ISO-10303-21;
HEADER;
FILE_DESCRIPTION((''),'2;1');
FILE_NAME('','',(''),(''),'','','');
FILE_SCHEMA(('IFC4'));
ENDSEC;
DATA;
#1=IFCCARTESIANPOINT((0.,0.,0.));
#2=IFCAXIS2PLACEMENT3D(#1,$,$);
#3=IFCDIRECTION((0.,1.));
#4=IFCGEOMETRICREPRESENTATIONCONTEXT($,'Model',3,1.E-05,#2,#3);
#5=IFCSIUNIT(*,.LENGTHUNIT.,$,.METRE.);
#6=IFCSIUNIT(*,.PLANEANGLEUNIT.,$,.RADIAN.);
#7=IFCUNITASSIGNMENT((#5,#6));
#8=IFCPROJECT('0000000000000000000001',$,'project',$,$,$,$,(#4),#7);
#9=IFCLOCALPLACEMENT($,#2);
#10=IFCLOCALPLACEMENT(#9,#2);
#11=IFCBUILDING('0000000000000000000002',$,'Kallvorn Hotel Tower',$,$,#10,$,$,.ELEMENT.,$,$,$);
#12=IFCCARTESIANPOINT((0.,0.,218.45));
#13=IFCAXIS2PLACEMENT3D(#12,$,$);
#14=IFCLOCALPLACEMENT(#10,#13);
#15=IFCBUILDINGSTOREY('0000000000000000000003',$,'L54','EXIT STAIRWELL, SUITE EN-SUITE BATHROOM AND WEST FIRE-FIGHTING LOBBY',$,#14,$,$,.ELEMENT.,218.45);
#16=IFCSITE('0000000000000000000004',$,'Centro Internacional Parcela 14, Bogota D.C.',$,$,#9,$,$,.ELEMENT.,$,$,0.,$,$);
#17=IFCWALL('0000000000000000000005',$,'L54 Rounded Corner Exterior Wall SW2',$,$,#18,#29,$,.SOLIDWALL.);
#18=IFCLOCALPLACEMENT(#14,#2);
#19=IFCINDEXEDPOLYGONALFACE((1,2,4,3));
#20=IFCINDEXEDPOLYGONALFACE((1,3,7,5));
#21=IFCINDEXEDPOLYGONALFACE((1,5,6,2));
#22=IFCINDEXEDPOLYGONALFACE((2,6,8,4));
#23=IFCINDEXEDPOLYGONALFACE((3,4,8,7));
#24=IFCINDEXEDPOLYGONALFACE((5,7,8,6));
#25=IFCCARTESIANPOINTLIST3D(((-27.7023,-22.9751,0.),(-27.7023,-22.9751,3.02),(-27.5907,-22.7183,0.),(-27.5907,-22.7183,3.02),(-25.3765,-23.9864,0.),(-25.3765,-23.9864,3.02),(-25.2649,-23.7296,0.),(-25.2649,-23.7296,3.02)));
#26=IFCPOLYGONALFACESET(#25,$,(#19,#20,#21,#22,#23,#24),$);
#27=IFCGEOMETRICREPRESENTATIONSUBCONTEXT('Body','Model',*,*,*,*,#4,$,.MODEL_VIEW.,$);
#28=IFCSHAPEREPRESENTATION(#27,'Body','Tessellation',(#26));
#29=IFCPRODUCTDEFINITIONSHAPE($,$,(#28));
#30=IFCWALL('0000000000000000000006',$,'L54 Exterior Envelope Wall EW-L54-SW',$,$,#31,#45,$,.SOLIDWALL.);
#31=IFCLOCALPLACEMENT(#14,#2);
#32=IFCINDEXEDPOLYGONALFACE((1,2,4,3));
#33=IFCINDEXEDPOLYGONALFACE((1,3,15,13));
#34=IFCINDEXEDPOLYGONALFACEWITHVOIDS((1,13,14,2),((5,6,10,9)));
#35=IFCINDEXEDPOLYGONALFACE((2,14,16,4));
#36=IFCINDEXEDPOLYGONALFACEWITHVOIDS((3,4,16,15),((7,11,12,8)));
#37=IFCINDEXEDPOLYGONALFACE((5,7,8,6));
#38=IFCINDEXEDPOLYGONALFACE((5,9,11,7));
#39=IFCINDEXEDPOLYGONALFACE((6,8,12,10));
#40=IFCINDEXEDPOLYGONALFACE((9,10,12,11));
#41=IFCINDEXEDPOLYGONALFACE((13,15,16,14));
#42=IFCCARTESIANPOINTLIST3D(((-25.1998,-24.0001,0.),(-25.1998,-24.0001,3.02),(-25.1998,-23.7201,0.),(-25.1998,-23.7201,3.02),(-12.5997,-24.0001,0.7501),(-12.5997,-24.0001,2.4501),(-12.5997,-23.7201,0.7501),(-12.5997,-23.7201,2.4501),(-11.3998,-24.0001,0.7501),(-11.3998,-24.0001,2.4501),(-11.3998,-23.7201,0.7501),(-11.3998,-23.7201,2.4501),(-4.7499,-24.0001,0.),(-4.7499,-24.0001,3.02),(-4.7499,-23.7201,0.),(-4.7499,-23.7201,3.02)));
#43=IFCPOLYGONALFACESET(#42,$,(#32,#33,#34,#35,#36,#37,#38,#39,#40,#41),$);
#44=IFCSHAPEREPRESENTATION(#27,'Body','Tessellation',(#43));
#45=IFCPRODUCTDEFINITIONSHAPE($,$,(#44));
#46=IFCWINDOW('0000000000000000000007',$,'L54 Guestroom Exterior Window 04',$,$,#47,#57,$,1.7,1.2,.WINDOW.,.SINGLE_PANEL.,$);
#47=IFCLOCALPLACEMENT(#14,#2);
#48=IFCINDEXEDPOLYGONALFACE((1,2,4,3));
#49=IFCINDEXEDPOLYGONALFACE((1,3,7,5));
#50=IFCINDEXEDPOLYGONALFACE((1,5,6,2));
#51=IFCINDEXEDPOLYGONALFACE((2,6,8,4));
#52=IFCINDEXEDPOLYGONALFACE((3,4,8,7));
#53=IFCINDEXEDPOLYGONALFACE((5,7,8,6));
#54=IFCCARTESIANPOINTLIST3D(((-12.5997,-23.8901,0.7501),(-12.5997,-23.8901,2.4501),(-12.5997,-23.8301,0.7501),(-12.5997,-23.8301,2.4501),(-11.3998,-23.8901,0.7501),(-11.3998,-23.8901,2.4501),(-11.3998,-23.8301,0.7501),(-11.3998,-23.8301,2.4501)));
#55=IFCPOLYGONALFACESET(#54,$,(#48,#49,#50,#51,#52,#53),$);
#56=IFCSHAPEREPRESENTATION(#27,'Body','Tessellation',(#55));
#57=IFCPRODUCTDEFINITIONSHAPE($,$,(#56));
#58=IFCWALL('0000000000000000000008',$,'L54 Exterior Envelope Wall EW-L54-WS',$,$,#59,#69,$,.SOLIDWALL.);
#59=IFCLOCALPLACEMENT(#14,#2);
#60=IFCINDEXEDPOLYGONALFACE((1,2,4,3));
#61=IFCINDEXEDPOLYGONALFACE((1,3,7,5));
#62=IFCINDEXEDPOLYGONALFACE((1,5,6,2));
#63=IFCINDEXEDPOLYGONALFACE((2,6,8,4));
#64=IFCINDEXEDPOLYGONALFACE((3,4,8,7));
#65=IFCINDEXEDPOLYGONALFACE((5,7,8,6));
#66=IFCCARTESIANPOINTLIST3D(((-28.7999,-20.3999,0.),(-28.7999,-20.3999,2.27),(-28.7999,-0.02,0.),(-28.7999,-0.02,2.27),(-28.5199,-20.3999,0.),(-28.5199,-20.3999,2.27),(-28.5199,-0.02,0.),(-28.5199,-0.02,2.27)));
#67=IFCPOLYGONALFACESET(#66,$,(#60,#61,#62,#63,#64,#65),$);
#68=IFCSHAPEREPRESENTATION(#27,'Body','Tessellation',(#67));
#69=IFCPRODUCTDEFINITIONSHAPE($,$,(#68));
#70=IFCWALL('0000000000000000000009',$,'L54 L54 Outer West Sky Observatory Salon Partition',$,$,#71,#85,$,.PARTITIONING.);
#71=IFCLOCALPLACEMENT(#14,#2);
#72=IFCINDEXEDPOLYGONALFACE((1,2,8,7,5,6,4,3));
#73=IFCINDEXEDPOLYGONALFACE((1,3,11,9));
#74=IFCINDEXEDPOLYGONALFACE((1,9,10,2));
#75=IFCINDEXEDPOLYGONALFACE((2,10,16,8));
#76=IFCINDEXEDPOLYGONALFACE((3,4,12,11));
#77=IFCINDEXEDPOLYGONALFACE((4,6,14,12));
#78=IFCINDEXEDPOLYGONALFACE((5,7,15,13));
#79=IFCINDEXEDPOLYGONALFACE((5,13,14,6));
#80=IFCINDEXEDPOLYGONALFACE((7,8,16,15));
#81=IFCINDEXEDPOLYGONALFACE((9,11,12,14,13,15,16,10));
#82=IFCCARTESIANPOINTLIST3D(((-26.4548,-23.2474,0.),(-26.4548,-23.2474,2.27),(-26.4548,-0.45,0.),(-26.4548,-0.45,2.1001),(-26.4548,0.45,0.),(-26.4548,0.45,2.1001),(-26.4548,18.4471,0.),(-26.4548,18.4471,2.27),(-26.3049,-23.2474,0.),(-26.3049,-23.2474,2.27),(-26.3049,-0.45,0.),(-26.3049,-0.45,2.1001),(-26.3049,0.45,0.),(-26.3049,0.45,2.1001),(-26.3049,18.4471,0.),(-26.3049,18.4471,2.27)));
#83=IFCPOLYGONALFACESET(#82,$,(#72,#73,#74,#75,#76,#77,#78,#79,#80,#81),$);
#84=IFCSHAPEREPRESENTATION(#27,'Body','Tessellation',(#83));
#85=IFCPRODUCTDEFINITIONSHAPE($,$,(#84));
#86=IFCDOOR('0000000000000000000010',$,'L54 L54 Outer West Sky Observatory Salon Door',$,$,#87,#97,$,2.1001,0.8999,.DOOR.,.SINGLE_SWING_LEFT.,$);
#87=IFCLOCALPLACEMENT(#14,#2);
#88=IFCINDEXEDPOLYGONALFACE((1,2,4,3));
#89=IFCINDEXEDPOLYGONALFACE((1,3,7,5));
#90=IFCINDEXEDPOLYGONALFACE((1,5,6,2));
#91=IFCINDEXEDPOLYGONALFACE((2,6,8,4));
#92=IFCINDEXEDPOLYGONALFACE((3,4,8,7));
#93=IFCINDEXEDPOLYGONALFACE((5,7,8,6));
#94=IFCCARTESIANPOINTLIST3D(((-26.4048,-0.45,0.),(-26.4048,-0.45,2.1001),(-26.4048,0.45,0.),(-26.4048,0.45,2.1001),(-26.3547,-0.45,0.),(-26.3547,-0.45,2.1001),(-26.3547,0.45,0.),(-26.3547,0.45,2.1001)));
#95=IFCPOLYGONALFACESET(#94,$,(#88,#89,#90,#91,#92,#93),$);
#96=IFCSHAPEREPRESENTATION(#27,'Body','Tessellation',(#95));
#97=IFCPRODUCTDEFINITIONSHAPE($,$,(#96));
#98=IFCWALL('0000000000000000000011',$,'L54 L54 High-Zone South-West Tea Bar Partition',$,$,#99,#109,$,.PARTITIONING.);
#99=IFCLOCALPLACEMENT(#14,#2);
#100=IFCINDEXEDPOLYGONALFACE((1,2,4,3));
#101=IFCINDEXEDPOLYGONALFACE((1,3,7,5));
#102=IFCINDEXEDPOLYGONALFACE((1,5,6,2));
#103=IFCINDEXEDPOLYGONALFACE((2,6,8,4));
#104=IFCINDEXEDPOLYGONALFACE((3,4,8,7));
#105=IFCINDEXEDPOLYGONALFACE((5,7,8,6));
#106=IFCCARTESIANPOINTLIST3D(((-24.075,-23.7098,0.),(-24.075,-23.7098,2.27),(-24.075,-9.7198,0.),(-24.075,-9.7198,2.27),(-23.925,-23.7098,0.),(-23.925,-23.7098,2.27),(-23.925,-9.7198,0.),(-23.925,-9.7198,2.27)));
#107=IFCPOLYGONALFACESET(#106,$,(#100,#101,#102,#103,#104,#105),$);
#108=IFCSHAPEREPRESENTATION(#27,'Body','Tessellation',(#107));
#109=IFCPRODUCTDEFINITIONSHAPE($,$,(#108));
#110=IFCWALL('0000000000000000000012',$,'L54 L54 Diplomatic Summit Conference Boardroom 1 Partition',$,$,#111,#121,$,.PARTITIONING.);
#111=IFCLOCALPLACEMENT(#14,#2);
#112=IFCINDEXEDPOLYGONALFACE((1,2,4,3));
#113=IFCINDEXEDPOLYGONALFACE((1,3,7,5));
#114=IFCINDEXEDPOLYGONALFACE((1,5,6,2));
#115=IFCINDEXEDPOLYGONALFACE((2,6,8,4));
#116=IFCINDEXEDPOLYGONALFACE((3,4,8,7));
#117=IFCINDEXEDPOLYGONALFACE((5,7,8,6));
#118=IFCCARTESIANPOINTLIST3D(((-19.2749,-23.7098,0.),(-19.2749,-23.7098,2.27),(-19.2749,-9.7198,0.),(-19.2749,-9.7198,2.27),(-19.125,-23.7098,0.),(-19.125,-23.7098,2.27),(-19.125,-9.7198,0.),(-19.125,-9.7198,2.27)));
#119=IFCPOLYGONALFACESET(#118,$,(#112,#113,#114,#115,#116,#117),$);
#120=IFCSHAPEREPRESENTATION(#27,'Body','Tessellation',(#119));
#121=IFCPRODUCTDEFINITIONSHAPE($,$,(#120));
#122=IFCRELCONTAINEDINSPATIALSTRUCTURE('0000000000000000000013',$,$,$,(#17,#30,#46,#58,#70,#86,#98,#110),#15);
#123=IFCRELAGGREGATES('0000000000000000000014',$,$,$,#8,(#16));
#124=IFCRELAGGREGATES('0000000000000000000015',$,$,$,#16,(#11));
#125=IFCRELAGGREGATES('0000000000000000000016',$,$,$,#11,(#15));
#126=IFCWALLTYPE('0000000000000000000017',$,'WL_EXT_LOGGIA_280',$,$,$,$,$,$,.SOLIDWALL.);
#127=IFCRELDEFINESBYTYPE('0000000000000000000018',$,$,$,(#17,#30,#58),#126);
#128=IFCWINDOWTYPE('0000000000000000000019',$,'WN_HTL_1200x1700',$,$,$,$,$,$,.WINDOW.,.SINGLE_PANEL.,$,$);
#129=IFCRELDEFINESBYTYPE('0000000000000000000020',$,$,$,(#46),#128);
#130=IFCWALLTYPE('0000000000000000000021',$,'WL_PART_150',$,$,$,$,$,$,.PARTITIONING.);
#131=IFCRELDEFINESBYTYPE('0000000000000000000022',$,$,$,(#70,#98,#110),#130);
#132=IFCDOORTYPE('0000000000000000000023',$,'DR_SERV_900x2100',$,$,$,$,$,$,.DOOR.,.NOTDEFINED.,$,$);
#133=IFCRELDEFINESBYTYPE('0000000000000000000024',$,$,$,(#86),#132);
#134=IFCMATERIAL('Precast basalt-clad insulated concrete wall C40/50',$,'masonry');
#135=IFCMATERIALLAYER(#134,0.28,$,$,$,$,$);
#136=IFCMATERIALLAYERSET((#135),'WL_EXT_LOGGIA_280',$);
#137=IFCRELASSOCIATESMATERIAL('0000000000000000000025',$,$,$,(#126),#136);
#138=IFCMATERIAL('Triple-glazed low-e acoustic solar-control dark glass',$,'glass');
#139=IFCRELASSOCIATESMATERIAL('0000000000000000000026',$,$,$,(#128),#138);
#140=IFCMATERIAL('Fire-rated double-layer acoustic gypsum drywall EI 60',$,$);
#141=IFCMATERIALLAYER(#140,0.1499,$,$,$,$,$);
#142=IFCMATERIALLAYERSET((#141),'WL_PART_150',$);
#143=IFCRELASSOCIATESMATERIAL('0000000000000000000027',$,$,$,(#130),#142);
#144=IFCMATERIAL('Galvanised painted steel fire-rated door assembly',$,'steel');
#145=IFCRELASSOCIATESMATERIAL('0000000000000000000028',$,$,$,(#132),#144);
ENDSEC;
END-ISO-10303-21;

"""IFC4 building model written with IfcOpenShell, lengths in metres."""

from ifc_helpers import new_model, si_unit, direction, frame, frame_2d, origin, place, context, subcontext, project, spatial, rectangle, extrude, material, layer, layer_set, type_object, element, fill, save


model = new_model("IFC4")

# Units and contexts
model_context = context("Model", 3, precision=1e-05, world=origin(), true_north=direction((0.0, 1.0)))
body_context = subcontext(model_context, "Body", "Model", "MODEL_VIEW")
ifc_project = project(units=[si_unit("LENGTHUNIT", "METRE"), si_unit("PLANEANGLEUNIT", "RADIAN")], contexts=[model_context])

# Site, building, storey
site_placement = place(None, origin())
site = spatial("IfcSite", under=ifc_project, at=site_placement, Name="Centro Internacional Parcela 14, Bogota D.C.", CompositionType="ELEMENT", RefElevation=0.0)
building_placement = place(site_placement, origin())
building = spatial("IfcBuilding", under=site, at=building_placement, Name="Kallvorn Hotel Tower", CompositionType="ELEMENT")
storey_placement = place(building_placement, frame((0.0, 0.0, 218.45)))
storey = spatial("IfcBuildingStorey", under=building, at=storey_placement, Name="L54", Description="EXIT STAIRWELL, SUITE EN-SUITE BATHROOM AND WEST FIRE-FIGHTING LOBBY", CompositionType="ELEMENT", Elevation=218.45)

# Wall
ifc_material_1 = material(Name="Precast basalt-clad insulated concrete wall C40/50", Category="masonry")
ifc_layer_1 = layer(ifc_material_1, 0.28)
ifc_layer_set_1 = layer_set([ifc_layer_1], Name="WL_EXT_LOGGIA_280")
wall_type_1 = type_object("IfcWallType", Name="WL_EXT_LOGGIA_280", PredefinedType="SOLIDWALL", material=ifc_layer_set_1)
wall_1_placement = place(storey_placement, frame((-27.6465, -22.8467, 0.0), z_axis=(0.0, 0.0, 1.0), x_axis=(0.917061, -0.398747, 0.0)))
element("IfcWall", 1, at=wall_1_placement, inside=storey, type_object=wall_type_1, Name="L54 Rounded Corner Exterior Wall SW2", PredefinedType="SOLIDWALL", context=body_context, shape_type="SweptSolid", body=[
    extrude(rectangle(XDim=2.5361, YDim=0.28, at=frame_2d((1.2681, 0.0))), origin(), (0.0, 0.0, 1.0), 3.02),
])

# Wall, opening, window
wall_2_placement = place(storey_placement, frame((-25.2, -23.8601, 0.0), z_axis=(0.0, 0.0, 1.0), x_axis=(1.0, 0.0, 0.0)))
wall_2 = element("IfcWall", 2, at=wall_2_placement, inside=storey, type_object=wall_type_1, Name="L54 Exterior Envelope Wall EW-L54-SW", PredefinedType="SOLIDWALL", context=body_context, shape_type="SweptSolid", body=[
    extrude(rectangle(XDim=20.45, YDim=0.28, at=frame_2d((10.2251, 0.0))), origin(), (0.0, 0.0, 1.0), 3.02),
])
opening_1_placement = place(wall_2_placement, frame((12.6001, 0.0, 0.75)))
opening_1 = element("IfcOpeningElement", 3, at=opening_1_placement, cuts=wall_2, PredefinedType="OPENING", context=body_context, shape_type="SweptSolid", body=[
    extrude(rectangle(XDim=1.2, YDim=1.7, at=frame_2d((0.6001, 0.8501))), frame((0.0, 0.155, 0.0), z_axis=(0.0, -1.0, 0.0), x_axis=(1.0, 0.0, 0.0)), (0.0, 0.0, 1.0), 0.3101),
])
ifc_material_2 = material(Name="Triple-glazed low-e acoustic solar-control dark glass", Category="glass")
window_type = type_object("IfcWindowType", Name="WN_HTL_1200x1700", PartitioningType="SINGLE_PANEL", PredefinedType="WINDOW", material=ifc_material_2)
window_placement = place(opening_1_placement, origin())
window = element("IfcWindow", 4, at=window_placement, inside=storey, type_object=window_type, Name="L54 Guestroom Exterior Window 04", OverallHeight=1.7, OverallWidth=1.2, PartitioningType="SINGLE_PANEL", PredefinedType="WINDOW", context=body_context, shape_type="SweptSolid", body=[
    extrude(rectangle(XDim=1.2, YDim=1.7, at=frame_2d((0.6001, 0.8501))), frame((0.0, 0.03, 0.0), z_axis=(0.0, -1.0, 0.0), x_axis=(1.0, 0.0, 0.0)), (0.0, 0.0, 1.0), 0.0601),
])
fill(opening_1, window)

# Wall
wall_3_placement = place(storey_placement, frame((-28.6599, -20.3999, 0.0), z_axis=(0.0, 0.0, 1.0), x_axis=(0.0, 1.0, 0.0)))
element("IfcWall", 5, at=wall_3_placement, inside=storey, type_object=wall_type_1, Name="L54 Exterior Envelope Wall EW-L54-WS", PredefinedType="SOLIDWALL", context=body_context, shape_type="SweptSolid", body=[
    extrude(rectangle(XDim=20.3799, YDim=0.28, at=frame_2d((10.1899, 0.0))), origin(), (0.0, 0.0, 1.0), 2.27),
])

# Wall, opening, door
ifc_material_3 = material(Name="Fire-rated double-layer acoustic gypsum drywall EI 60")
ifc_layer_2 = layer(ifc_material_3, 0.1499)
ifc_layer_set_2 = layer_set([ifc_layer_2], Name="WL_PART_150")
wall_type_2 = type_object("IfcWallType", Name="WL_PART_150", PredefinedType="PARTITIONING", material=ifc_layer_set_2)
wall_4_placement = place(storey_placement, frame((-26.3799, -23.2473, 0.0), z_axis=(0.0, 0.0, 1.0), x_axis=(0.0, 1.0, 0.0)))
wall_4 = element("IfcWall", 6, at=wall_4_placement, inside=storey, type_object=wall_type_2, Name="L54 L54 Outer West Sky Observatory Salon Partition", PredefinedType="PARTITIONING", context=body_context, shape_type="SweptSolid", body=[
    extrude(rectangle(XDim=41.6946, YDim=0.1499, at=frame_2d((20.8472, 0.0))), origin(), (0.0, 0.0, 1.0), 2.27),
])
opening_2_placement = place(wall_4_placement, frame((22.7974, 0.0, 0.0)))
opening_2 = element("IfcOpeningElement", 7, at=opening_2_placement, cuts=wall_4, PredefinedType="OPENING", context=body_context, shape_type="SweptSolid", body=[
    extrude(rectangle(XDim=0.8999, YDim=2.1001, at=frame_2d((0.45, 1.05))), frame((0.0, 0.0898, 0.0), z_axis=(0.0, -1.0, 0.0), x_axis=(1.0, 0.0, 0.0)), (0.0, 0.0, 1.0), 0.1799),
])
ifc_material_4 = material(Name="Galvanised painted steel fire-rated door assembly", Category="steel")
door_type = type_object("IfcDoorType", Name="DR_SERV_900x2100", OperationType="NOTDEFINED", PredefinedType="DOOR", material=ifc_material_4)
door_placement = place(opening_2_placement, origin())
door = element("IfcDoor", 8, at=door_placement, inside=storey, type_object=door_type, Name="L54 L54 Outer West Sky Observatory Salon Door", OperationType="SINGLE_SWING_LEFT", OverallHeight=2.1001, OverallWidth=0.8999, PredefinedType="DOOR", context=body_context, shape_type="SweptSolid", body=[
    extrude(rectangle(XDim=0.8999, YDim=2.1001, at=frame_2d((0.45, 1.05))), frame((0.0, 0.0249, 0.0), z_axis=(0.0, -1.0, 0.0), x_axis=(1.0, 0.0, 0.0)), (0.0, 0.0, 1.0), 0.05),
])
fill(opening_2, door)

# Walls
for number, where, z_axis, x_axis, name in (
    (9, (-24.0, -23.71, 0.0), (0.0, 0.0, 1.0), (0.0, 1.0, 0.0), "L54 L54 High-Zone South-West Tea Bar Partition"),
    (10, (-19.2, -23.71, 0.0), (0.0, 0.0, 1.0), (0.0, 1.0, 0.0), "L54 L54 Diplomatic Summit Conference Boardroom 1 Partition"),
):
    element("IfcWall", number, at=place(storey_placement, frame(where, z_axis=z_axis, x_axis=x_axis)), inside=storey, type_object=wall_type_2, Name=name, PredefinedType="PARTITIONING", context=body_context, shape_type="SweptSolid", body=[
        extrude(rectangle(XDim=13.99, YDim=0.1499, at=frame_2d((6.9951, 0.0))), origin(), (0.0, 0.0, 1.0), 2.27),
    ])

save(model, "model.ifc")
